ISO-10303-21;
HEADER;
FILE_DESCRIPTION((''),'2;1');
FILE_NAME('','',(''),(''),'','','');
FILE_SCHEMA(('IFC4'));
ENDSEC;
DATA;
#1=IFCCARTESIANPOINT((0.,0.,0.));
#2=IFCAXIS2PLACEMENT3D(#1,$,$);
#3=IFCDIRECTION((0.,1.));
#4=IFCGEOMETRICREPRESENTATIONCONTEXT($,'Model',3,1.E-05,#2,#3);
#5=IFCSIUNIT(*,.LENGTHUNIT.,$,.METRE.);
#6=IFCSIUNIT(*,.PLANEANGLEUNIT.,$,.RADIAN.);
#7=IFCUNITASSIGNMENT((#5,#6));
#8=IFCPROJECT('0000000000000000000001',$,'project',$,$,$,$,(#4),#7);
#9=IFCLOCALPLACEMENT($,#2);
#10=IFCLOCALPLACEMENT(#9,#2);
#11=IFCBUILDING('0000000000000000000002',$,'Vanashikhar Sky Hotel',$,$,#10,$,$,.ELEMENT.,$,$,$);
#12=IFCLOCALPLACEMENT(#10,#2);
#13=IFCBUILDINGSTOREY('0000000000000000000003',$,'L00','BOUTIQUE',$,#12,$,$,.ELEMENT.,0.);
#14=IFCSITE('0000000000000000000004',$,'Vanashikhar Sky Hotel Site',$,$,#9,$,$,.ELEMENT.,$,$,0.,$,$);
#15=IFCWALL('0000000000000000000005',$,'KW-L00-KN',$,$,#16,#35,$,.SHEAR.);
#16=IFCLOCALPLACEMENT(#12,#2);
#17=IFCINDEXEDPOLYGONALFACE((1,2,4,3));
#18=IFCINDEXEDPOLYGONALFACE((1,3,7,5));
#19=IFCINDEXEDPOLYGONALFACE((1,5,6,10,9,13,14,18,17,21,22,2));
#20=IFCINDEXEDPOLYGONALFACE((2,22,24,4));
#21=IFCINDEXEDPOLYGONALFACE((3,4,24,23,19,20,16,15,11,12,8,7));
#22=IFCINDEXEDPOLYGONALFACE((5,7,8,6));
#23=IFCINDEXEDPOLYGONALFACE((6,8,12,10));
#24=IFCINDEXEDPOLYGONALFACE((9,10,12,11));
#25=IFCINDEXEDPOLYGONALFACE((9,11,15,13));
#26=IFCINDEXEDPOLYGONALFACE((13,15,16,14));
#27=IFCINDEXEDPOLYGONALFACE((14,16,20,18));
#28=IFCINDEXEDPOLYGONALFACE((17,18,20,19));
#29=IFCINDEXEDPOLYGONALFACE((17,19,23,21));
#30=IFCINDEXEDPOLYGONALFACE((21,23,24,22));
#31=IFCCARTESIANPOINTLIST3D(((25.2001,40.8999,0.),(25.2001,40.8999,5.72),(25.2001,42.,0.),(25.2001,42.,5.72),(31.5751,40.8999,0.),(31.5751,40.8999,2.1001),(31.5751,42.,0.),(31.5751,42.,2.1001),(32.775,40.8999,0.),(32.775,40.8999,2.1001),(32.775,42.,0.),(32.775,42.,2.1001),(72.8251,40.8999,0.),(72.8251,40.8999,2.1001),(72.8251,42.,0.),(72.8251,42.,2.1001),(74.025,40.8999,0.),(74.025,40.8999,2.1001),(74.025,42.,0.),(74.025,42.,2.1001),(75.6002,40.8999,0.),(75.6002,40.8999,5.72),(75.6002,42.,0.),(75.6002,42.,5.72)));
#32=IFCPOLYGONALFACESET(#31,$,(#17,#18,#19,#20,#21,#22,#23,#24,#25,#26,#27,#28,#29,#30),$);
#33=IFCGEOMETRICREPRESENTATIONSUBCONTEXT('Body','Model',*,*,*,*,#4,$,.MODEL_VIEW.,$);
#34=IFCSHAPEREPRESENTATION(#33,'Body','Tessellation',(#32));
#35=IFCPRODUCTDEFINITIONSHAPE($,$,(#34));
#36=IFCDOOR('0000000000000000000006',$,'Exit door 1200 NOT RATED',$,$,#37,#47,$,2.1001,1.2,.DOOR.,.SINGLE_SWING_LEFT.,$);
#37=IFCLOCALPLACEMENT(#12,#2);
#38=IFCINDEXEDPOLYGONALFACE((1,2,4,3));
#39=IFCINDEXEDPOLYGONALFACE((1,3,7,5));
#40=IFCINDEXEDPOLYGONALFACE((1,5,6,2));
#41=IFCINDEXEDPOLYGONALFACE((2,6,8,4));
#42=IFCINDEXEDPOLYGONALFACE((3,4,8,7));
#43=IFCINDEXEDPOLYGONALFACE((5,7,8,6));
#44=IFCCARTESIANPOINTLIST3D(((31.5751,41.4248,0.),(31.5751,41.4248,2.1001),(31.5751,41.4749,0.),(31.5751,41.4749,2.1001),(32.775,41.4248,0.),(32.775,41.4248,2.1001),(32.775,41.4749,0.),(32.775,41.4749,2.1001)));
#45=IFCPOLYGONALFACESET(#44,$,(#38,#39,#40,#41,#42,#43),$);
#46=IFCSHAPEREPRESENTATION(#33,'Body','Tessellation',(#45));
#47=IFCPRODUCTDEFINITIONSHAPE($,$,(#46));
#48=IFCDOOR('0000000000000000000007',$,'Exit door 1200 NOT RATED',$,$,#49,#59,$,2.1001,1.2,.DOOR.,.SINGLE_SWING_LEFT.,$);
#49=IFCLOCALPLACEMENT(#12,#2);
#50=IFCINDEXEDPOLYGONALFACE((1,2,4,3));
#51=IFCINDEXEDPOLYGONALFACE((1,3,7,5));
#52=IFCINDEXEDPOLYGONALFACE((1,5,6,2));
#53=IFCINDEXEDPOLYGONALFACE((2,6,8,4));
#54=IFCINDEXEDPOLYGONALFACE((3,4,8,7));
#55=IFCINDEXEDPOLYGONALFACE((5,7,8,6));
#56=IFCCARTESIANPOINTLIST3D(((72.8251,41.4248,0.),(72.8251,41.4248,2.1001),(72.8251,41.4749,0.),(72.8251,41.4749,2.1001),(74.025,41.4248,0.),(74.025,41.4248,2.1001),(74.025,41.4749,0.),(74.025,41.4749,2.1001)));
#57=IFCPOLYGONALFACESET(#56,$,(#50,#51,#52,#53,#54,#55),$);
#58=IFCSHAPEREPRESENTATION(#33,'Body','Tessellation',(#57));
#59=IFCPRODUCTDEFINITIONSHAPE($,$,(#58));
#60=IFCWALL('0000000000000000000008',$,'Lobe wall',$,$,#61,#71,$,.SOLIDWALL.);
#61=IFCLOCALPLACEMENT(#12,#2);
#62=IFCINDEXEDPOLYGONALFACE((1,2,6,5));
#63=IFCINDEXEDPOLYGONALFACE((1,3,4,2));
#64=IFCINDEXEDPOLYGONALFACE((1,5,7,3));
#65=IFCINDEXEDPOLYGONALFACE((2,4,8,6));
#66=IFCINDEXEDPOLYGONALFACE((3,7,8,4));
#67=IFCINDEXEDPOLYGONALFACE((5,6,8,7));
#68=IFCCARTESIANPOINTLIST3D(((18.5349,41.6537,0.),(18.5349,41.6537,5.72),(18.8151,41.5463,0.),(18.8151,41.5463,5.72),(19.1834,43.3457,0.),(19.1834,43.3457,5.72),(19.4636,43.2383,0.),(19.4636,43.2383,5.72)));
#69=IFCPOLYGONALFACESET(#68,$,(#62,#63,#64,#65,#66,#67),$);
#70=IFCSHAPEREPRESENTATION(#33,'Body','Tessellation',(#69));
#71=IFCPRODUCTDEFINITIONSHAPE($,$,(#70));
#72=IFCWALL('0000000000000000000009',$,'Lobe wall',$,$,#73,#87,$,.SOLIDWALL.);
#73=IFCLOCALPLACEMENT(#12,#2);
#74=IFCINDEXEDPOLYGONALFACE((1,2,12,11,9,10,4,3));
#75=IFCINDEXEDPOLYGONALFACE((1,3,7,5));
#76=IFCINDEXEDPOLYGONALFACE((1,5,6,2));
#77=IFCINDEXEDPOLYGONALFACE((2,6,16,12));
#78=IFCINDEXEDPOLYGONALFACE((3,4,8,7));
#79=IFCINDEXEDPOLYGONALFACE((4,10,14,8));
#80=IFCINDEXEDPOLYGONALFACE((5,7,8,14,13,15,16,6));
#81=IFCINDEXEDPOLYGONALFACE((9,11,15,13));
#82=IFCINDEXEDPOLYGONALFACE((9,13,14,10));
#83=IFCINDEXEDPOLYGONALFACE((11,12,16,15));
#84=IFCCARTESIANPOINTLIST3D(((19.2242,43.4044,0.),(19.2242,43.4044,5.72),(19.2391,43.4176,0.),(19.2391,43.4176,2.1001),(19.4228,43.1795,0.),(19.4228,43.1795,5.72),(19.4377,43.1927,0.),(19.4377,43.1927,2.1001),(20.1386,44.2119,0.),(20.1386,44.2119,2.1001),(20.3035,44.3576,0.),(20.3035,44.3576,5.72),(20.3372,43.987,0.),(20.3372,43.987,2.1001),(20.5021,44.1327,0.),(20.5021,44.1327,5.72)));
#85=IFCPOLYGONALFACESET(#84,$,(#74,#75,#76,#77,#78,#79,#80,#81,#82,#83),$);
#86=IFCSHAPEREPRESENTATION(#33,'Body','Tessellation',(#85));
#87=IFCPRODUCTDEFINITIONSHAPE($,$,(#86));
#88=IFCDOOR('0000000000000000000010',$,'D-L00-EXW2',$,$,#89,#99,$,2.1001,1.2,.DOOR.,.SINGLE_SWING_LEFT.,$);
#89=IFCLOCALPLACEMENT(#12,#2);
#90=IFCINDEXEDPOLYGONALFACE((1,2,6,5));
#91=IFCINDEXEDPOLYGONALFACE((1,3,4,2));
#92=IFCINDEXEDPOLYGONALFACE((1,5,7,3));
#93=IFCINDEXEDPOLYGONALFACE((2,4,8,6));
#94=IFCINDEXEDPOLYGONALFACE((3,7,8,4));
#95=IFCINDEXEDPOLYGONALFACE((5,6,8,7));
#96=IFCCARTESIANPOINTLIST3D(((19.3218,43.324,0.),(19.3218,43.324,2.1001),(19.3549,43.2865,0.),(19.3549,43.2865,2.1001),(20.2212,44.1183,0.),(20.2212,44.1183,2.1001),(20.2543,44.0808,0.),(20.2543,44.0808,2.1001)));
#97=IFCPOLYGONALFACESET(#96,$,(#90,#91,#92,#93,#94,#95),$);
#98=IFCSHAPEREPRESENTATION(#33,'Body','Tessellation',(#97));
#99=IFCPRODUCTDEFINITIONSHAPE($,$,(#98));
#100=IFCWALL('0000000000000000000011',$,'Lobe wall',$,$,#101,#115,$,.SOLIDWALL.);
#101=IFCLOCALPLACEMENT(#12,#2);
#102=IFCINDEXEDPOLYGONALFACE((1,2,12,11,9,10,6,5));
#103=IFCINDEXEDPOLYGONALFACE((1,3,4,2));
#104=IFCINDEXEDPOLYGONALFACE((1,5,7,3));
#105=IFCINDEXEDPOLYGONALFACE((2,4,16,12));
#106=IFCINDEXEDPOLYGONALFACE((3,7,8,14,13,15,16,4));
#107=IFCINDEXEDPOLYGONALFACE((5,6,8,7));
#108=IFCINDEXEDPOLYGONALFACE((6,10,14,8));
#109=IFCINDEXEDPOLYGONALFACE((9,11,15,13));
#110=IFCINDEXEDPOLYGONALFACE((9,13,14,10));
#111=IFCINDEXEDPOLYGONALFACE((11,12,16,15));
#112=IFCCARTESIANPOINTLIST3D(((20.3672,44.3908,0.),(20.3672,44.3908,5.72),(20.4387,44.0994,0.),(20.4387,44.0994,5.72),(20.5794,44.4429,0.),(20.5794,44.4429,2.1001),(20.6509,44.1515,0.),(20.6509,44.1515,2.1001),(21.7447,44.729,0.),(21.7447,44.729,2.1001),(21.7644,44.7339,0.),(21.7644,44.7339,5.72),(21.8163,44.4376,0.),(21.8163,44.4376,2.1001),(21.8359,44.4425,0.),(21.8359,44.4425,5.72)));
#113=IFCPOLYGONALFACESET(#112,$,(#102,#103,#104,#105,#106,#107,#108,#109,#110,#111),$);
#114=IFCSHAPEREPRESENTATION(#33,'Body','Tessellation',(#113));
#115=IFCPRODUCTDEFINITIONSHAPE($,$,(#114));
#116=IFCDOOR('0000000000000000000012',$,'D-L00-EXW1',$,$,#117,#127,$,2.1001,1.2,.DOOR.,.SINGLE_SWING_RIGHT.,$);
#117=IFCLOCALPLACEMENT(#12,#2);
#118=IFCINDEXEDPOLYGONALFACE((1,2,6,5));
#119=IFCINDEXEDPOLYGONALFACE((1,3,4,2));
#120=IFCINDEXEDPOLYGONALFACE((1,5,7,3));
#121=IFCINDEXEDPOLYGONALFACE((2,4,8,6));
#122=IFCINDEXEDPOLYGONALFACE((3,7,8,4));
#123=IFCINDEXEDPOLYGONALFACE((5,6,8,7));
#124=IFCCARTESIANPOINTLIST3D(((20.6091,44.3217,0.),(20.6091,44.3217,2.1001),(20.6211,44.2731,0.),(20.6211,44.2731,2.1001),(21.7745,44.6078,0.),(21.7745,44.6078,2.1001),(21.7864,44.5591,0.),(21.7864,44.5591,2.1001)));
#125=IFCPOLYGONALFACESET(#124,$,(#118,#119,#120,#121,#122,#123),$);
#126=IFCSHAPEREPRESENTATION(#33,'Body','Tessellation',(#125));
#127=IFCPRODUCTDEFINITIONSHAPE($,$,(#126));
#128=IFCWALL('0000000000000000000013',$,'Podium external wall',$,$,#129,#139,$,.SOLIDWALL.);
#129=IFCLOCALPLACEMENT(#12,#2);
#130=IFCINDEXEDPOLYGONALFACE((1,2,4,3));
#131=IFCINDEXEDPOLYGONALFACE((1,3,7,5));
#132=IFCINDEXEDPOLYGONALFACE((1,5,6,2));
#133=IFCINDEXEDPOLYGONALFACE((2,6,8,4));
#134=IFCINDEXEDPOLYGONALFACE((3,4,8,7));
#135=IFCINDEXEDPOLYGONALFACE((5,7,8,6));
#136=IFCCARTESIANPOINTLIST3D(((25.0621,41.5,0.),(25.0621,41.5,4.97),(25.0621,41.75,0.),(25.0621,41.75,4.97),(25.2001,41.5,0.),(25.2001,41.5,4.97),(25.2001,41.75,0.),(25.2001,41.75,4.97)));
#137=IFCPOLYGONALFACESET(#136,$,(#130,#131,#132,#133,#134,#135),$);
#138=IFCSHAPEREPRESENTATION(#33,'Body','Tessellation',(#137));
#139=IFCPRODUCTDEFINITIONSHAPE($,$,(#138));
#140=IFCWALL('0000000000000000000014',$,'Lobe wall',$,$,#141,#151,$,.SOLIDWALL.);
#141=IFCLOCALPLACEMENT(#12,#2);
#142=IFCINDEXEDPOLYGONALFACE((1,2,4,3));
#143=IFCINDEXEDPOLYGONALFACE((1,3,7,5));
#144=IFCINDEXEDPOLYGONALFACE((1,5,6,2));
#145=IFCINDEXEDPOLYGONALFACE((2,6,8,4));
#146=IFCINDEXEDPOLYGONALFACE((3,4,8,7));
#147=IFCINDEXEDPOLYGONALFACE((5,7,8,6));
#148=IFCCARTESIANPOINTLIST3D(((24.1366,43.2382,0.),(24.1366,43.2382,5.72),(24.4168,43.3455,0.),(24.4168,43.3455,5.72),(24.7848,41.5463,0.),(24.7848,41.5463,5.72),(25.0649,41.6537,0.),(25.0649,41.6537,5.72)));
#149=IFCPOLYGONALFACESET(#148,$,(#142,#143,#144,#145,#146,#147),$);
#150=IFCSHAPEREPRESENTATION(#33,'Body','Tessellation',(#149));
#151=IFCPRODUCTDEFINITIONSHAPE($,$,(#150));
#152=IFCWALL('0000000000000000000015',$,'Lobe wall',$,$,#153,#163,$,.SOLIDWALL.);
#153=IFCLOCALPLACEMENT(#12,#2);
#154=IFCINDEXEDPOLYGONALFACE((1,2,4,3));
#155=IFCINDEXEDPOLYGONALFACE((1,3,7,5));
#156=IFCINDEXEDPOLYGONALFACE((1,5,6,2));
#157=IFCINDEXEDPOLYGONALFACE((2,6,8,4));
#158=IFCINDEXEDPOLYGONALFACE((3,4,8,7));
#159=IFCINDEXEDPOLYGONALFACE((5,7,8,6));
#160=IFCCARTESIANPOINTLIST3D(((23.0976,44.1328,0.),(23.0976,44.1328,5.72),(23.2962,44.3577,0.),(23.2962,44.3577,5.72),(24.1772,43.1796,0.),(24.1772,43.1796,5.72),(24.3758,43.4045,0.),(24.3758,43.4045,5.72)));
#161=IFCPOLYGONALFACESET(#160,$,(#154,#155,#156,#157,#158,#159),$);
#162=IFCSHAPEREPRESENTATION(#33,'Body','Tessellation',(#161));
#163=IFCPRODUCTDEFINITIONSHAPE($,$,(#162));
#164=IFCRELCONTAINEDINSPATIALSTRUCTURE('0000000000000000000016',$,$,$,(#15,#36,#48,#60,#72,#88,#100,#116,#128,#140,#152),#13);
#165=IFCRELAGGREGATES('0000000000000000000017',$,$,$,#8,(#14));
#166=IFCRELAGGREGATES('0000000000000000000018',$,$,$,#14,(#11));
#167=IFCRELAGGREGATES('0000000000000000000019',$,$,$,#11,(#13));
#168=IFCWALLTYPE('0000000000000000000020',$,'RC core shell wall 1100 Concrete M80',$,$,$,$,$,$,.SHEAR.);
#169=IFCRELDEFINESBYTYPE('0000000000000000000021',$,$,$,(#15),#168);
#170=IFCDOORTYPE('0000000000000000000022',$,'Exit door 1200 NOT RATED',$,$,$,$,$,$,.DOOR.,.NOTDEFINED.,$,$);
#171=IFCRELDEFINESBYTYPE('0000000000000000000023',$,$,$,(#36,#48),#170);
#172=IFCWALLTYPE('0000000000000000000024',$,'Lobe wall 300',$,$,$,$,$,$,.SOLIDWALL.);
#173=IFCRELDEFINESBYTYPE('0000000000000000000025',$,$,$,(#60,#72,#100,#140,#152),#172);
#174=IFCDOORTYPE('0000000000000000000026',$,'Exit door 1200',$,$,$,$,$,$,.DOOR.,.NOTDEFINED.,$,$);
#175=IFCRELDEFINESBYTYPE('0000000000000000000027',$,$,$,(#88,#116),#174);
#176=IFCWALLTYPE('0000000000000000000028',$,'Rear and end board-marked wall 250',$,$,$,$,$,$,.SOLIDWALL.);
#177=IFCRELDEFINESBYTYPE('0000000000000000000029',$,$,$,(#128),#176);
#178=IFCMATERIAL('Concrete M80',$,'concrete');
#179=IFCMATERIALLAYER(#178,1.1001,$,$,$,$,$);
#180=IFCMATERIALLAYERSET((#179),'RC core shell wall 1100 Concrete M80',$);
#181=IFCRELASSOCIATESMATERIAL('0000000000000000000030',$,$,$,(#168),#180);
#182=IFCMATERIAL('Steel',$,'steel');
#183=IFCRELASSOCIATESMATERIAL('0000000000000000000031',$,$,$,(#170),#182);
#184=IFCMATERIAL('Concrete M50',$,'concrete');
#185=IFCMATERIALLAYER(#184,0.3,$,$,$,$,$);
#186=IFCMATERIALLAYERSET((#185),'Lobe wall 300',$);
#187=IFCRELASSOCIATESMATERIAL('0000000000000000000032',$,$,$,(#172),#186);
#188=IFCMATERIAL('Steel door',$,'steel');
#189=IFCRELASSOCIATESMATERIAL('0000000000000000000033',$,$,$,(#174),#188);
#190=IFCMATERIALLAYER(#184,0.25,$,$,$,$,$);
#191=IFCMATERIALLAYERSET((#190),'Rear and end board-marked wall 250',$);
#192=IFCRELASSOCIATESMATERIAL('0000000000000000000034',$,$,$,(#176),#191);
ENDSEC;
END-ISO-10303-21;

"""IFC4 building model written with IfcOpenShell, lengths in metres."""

from ifc_helpers import new_model, si_unit, direction, frame, frame_2d, origin, place, context, subcontext, project, spatial, rectangle, extrude, source, transform, mapped, material, layer, layer_set, type_object, element, fill, save


model = new_model("IFC4")

# Units and contexts
model_context = context("Model", 3, precision=1e-05, world=origin(), true_north=direction((0.0, 1.0)))
body_context = subcontext(model_context, "Body", "Model", "MODEL_VIEW")
ifc_project = project(units=[si_unit("LENGTHUNIT", "METRE"), si_unit("PLANEANGLEUNIT", "RADIAN")], contexts=[model_context])

# Site, building, storey
site_placement = place(None, origin())
site = spatial("IfcSite", under=ifc_project, at=site_placement, Name="Vanashikhar Sky Hotel Site", CompositionType="ELEMENT", RefElevation=0.0)
building_placement = place(site_placement, origin())
building = spatial("IfcBuilding", under=site, at=building_placement, Name="Vanashikhar Sky Hotel", CompositionType="ELEMENT")
storey_placement = place(building_placement, origin())
storey = spatial("IfcBuildingStorey", under=building, at=storey_placement, Name="L00", Description="BOUTIQUE", CompositionType="ELEMENT", Elevation=0.0)

# Wall, openings, doors
ifc_material_1 = material(Name="Concrete M80", Category="concrete")
ifc_layer_1 = layer(ifc_material_1, 1.1001)
ifc_layer_set_1 = layer_set([ifc_layer_1], Name="RC core shell wall 1100 Concrete M80")
wall_type_1 = type_object("IfcWallType", Name="RC core shell wall 1100 Concrete M80", PredefinedType="SHEAR", material=ifc_layer_set_1)
shared_shape_1 = source(origin(), body_context, "Body", "SweptSolid", [
    extrude(rectangle(XDim=50.4001, YDim=1.1001, at=frame_2d((25.2002, 0.0))), origin(), (0.0, 0.0, 1.0), 5.72),
])
shared_shape_2 = source(origin(), body_context, "Body", "SweptSolid", [
    extrude(rectangle(XDim=1.2, YDim=2.1001, at=frame_2d((0.6001, 1.05))), frame((0.0, 0.5601, 0.0), z_axis=(0.0, -1.0, 0.0), x_axis=(1.0, 0.0, 0.0)), (0.0, 0.0, 1.0), 1.1201),
])
ifc_material_2 = material(Name="Steel", Category="steel")
wall_1_placement = place(storey_placement, frame((25.2, 41.45, 0.0), z_axis=(0.0, 0.0, 1.0), x_axis=(1.0, 0.0, 0.0)))
wall_1 = element("IfcWall", 1, at=wall_1_placement, inside=storey, type_object=wall_type_1, Name="KW-L00-KN", PredefinedType="SHEAR", context=body_context, shape_type="MappedRepresentation", body=[
    mapped(shared_shape_1, transform((0.0, 0.0, 0.0), scale=1.0)),
])
opening_1_placement = place(wall_1_placement, frame((6.375, 0.0, 0.0)))
opening_1 = element("IfcOpeningElement", 2, at=opening_1_placement, cuts=wall_1, PredefinedType="OPENING", context=body_context, shape_type="MappedRepresentation", body=[
    mapped(shared_shape_2, transform((0.0, 0.0, 0.0), scale=1.0)),
])
opening_2_placement = place(wall_1_placement, frame((47.625, 0.0, 0.0)))
opening_2 = element("IfcOpeningElement", 3, at=opening_2_placement, cuts=wall_1, PredefinedType="OPENING", context=body_context, shape_type="MappedRepresentation", body=[
    mapped(shared_shape_2, transform((0.0, 0.0, 0.0), scale=1.0)),
])
door_type_1 = type_object("IfcDoorType", Name="Exit door 1200 NOT RATED", OperationType="NOTDEFINED", PredefinedType="DOOR", material=ifc_material_2)
shared_shape_3 = source(origin(), body_context, "Body", "SweptSolid", [
    extrude(rectangle(XDim=1.2, YDim=2.1001, at=frame_2d((0.6001, 1.05))), frame((0.0, 0.0249, 0.0), z_axis=(0.0, -1.0, 0.0), x_axis=(1.0, 0.0, 0.0)), (0.0, 0.0, 1.0), 0.05),
])
door_1_placement = place(opening_1_placement, origin())
door_1 = element("IfcDoor", 4, at=door_1_placement, inside=storey, type_object=door_type_1, Name="Exit door 1200 NOT RATED", OperationType="SINGLE_SWING_LEFT", OverallHeight=2.1001, OverallWidth=1.2, PredefinedType="DOOR", context=body_context, shape_type="MappedRepresentation", body=[
    mapped(shared_shape_3, transform((0.0, 0.0, 0.0), scale=1.0)),
])
fill(opening_1, door_1)
door_2_placement = place(opening_2_placement, origin())
door_2 = element("IfcDoor", 5, at=door_2_placement, inside=storey, type_object=door_type_1, Name="Exit door 1200 NOT RATED", OperationType="SINGLE_SWING_LEFT", OverallHeight=2.1001, OverallWidth=1.2, PredefinedType="DOOR", context=body_context, shape_type="MappedRepresentation", body=[
    mapped(shared_shape_3, transform((0.0, 0.0, 0.0), scale=1.0)),
])
fill(opening_2, door_2)

# Wall
ifc_material_3 = material(Name="Concrete M50", Category="concrete")
ifc_layer_2 = layer(ifc_material_3, 0.3)
ifc_layer_set_2 = layer_set([ifc_layer_2], Name="Lobe wall 300")
wall_type_2 = type_object("IfcWallType", Name="Lobe wall 300", PredefinedType="SOLIDWALL", material=ifc_layer_set_2)
shared_shape_4 = source(origin(), body_context, "Body", "SweptSolid", [
    extrude(rectangle(XDim=1.812, YDim=0.3, at=frame_2d((0.906, 0.0))), origin(), (0.0, 0.0, 1.0), 5.72),
])
wall_2_placement = place(storey_placement, frame((19.3235, 43.292, 0.0), z_axis=(0.0, 0.0, 1.0), x_axis=(-0.357877, -0.933769, 0.0)))
element("IfcWall", 6, at=wall_2_placement, inside=storey, type_object=wall_type_2, Name="Lobe wall", PredefinedType="SOLIDWALL", context=body_context, shape_type="MappedRepresentation", body=[
    mapped(shared_shape_4, transform((0.0, 0.0, 0.0), scale=1.0)),
])

# Walls, openings, doors
shared_shape_5 = source(origin(), body_context, "Body", "SweptSolid", [
    extrude(rectangle(XDim=1.4399, YDim=0.3, at=frame_2d((0.72, 0.0))), origin(), (0.0, 0.0, 1.0), 5.72),
])
wall_3_placement = place(storey_placement, frame((20.4028, 44.2451, 0.0), z_axis=(0.0, 0.0, 1.0), x_axis=(-0.749576, -0.661919, 0.0)))
wall_3 = element("IfcWall", 7, at=wall_3_placement, inside=storey, type_object=wall_type_2, Name="Lobe wall", PredefinedType="SOLIDWALL", context=body_context, shape_type="MappedRepresentation", body=[
    mapped(shared_shape_5, transform((0.0, 0.0, 0.0), scale=1.0)),
])
shared_shape_6 = source(origin(), body_context, "Body", "SweptSolid", [
    extrude(rectangle(XDim=1.2, YDim=2.1001, at=frame_2d((0.6001, 1.05))), frame((0.0, 0.1602, 0.0), z_axis=(0.0, -1.0, 0.0), x_axis=(1.0, 0.0, 0.0)), (0.0, 0.0, 1.0), 0.3201),
])
opening_3_placement = place(wall_3_placement, frame((0.22, 0.0, 0.0)))
opening_3 = element("IfcOpeningElement", 8, at=opening_3_placement, cuts=wall_3, PredefinedType="OPENING", context=body_context, shape_type="MappedRepresentation", body=[
    mapped(shared_shape_6, transform((0.0, 0.0, 0.0), scale=1.0)),
])
ifc_material_4 = material(Name="Steel door", Category="steel")
door_type_2 = type_object("IfcDoorType", Name="Exit door 1200", OperationType="NOTDEFINED", PredefinedType="DOOR", material=ifc_material_4)
door_3_placement = place(opening_3_placement, origin())
door_3 = element("IfcDoor", 9, at=door_3_placement, inside=storey, type_object=door_type_2, Name="D-L00-EXW2", OperationType="SINGLE_SWING_LEFT", OverallHeight=2.1001, OverallWidth=1.2, PredefinedType="DOOR", context=body_context, shape_type="MappedRepresentation", body=[
    mapped(shared_shape_3, transform((0.0, 0.0, 0.0), scale=1.0)),
])
fill(opening_3, door_3)
shared_shape_7 = source(origin(), body_context, "Body", "SweptSolid", [
    extrude(rectangle(XDim=1.4387, YDim=0.3, at=frame_2d((0.7192, 0.0))), origin(), (0.0, 0.0, 1.0), 5.72),
])
wall_4_placement = place(storey_placement, frame((21.8, 44.5881, 0.0), z_axis=(0.0, 0.0, 1.0), x_axis=(-0.971162, -0.238421, 0.0)))
wall_4 = element("IfcWall", 10, at=wall_4_placement, inside=storey, type_object=wall_type_2, Name="Lobe wall", PredefinedType="SOLIDWALL", context=body_context, shape_type="MappedRepresentation", body=[
    mapped(shared_shape_7, transform((0.0, 0.0, 0.0), scale=1.0)),
])
opening_4_placement = place(wall_4_placement, frame((0.02, 0.0, 0.0)))
opening_4 = element("IfcOpeningElement", 11, at=opening_4_placement, cuts=wall_4, PredefinedType="OPENING", context=body_context, shape_type="MappedRepresentation", body=[
    mapped(shared_shape_6, transform((0.0, 0.0, 0.0), scale=1.0)),
])
door_4_placement = place(opening_4_placement, origin())
door_4 = element("IfcDoor", 12, at=door_4_placement, inside=storey, type_object=door_type_2, Name="D-L00-EXW1", OperationType="SINGLE_SWING_RIGHT", OverallHeight=2.1001, OverallWidth=1.2, PredefinedType="DOOR", context=body_context, shape_type="MappedRepresentation", body=[
    mapped(shared_shape_3, transform((0.0, 0.0, 0.0), scale=1.0)),
])
fill(opening_4, door_4)

# Walls
ifc_layer_3 = layer(ifc_material_3, 0.25)
ifc_layer_set_3 = layer_set([ifc_layer_3], Name="Rear and end board-marked wall 250")
wall_type_3 = type_object("IfcWallType", Name="Rear and end board-marked wall 250", PredefinedType="SOLIDWALL", material=ifc_layer_set_3)
shared_shape_8 = source(origin(), body_context, "Body", "SweptSolid", [
    extrude(rectangle(XDim=0.1379, YDim=0.25, at=frame_2d((0.0688, 0.0))), origin(), (0.0, 0.0, 1.0), 4.97),
])
wall_5_placement = place(storey_placement, frame((25.2, 41.625, 0.0), z_axis=(0.0, 0.0, 1.0), x_axis=(-1.0, 0.0, 0.0)))
element("IfcWall", 13, at=wall_5_placement, inside=storey, type_object=wall_type_3, Name="Podium external wall", PredefinedType="SOLIDWALL", context=body_context, shape_type="MappedRepresentation", body=[
    mapped(shared_shape_8, transform((0.0, 0.0, 0.0), scale=1.0)),
])
shared_shape_9 = source(origin(), body_context, "Body", "SweptSolid", [
    extrude(rectangle(XDim=1.8118, YDim=0.3, at=frame_2d((0.9058, 0.0))), origin(), (0.0, 0.0, 1.0), 5.72),
])
wall_6_placement = place(storey_placement, frame((24.9248, 41.6001, 0.0), z_axis=(0.0, 0.0, 1.0), x_axis=(-0.35776, 0.933814, 0.0)))
element("IfcWall", 14, at=wall_6_placement, inside=storey, type_object=wall_type_2, Name="Lobe wall", PredefinedType="SOLIDWALL", context=body_context, shape_type="MappedRepresentation", body=[
    mapped(shared_shape_9, transform((0.0, 0.0, 0.0), scale=1.0)),
])
shared_shape_10 = source(origin(), body_context, "Body", "SweptSolid", [
    extrude(rectangle(XDim=1.4402, YDim=0.3, at=frame_2d((0.7202, 0.0))), origin(), (0.0, 0.0, 1.0), 5.72),
])
wall_7_placement = place(storey_placement, frame((24.2766, 43.292, 0.0), z_axis=(0.0, 0.0, 1.0), x_axis=(-0.74965, 0.661835, 0.0)))
element("IfcWall", 15, at=wall_7_placement, inside=storey, type_object=wall_type_2, Name="Lobe wall", PredefinedType="SOLIDWALL", context=body_context, shape_type="MappedRepresentation", body=[
    mapped(shared_shape_10, transform((0.0, 0.0, 0.0), scale=1.0)),
])

save(model, "model.ifc")
